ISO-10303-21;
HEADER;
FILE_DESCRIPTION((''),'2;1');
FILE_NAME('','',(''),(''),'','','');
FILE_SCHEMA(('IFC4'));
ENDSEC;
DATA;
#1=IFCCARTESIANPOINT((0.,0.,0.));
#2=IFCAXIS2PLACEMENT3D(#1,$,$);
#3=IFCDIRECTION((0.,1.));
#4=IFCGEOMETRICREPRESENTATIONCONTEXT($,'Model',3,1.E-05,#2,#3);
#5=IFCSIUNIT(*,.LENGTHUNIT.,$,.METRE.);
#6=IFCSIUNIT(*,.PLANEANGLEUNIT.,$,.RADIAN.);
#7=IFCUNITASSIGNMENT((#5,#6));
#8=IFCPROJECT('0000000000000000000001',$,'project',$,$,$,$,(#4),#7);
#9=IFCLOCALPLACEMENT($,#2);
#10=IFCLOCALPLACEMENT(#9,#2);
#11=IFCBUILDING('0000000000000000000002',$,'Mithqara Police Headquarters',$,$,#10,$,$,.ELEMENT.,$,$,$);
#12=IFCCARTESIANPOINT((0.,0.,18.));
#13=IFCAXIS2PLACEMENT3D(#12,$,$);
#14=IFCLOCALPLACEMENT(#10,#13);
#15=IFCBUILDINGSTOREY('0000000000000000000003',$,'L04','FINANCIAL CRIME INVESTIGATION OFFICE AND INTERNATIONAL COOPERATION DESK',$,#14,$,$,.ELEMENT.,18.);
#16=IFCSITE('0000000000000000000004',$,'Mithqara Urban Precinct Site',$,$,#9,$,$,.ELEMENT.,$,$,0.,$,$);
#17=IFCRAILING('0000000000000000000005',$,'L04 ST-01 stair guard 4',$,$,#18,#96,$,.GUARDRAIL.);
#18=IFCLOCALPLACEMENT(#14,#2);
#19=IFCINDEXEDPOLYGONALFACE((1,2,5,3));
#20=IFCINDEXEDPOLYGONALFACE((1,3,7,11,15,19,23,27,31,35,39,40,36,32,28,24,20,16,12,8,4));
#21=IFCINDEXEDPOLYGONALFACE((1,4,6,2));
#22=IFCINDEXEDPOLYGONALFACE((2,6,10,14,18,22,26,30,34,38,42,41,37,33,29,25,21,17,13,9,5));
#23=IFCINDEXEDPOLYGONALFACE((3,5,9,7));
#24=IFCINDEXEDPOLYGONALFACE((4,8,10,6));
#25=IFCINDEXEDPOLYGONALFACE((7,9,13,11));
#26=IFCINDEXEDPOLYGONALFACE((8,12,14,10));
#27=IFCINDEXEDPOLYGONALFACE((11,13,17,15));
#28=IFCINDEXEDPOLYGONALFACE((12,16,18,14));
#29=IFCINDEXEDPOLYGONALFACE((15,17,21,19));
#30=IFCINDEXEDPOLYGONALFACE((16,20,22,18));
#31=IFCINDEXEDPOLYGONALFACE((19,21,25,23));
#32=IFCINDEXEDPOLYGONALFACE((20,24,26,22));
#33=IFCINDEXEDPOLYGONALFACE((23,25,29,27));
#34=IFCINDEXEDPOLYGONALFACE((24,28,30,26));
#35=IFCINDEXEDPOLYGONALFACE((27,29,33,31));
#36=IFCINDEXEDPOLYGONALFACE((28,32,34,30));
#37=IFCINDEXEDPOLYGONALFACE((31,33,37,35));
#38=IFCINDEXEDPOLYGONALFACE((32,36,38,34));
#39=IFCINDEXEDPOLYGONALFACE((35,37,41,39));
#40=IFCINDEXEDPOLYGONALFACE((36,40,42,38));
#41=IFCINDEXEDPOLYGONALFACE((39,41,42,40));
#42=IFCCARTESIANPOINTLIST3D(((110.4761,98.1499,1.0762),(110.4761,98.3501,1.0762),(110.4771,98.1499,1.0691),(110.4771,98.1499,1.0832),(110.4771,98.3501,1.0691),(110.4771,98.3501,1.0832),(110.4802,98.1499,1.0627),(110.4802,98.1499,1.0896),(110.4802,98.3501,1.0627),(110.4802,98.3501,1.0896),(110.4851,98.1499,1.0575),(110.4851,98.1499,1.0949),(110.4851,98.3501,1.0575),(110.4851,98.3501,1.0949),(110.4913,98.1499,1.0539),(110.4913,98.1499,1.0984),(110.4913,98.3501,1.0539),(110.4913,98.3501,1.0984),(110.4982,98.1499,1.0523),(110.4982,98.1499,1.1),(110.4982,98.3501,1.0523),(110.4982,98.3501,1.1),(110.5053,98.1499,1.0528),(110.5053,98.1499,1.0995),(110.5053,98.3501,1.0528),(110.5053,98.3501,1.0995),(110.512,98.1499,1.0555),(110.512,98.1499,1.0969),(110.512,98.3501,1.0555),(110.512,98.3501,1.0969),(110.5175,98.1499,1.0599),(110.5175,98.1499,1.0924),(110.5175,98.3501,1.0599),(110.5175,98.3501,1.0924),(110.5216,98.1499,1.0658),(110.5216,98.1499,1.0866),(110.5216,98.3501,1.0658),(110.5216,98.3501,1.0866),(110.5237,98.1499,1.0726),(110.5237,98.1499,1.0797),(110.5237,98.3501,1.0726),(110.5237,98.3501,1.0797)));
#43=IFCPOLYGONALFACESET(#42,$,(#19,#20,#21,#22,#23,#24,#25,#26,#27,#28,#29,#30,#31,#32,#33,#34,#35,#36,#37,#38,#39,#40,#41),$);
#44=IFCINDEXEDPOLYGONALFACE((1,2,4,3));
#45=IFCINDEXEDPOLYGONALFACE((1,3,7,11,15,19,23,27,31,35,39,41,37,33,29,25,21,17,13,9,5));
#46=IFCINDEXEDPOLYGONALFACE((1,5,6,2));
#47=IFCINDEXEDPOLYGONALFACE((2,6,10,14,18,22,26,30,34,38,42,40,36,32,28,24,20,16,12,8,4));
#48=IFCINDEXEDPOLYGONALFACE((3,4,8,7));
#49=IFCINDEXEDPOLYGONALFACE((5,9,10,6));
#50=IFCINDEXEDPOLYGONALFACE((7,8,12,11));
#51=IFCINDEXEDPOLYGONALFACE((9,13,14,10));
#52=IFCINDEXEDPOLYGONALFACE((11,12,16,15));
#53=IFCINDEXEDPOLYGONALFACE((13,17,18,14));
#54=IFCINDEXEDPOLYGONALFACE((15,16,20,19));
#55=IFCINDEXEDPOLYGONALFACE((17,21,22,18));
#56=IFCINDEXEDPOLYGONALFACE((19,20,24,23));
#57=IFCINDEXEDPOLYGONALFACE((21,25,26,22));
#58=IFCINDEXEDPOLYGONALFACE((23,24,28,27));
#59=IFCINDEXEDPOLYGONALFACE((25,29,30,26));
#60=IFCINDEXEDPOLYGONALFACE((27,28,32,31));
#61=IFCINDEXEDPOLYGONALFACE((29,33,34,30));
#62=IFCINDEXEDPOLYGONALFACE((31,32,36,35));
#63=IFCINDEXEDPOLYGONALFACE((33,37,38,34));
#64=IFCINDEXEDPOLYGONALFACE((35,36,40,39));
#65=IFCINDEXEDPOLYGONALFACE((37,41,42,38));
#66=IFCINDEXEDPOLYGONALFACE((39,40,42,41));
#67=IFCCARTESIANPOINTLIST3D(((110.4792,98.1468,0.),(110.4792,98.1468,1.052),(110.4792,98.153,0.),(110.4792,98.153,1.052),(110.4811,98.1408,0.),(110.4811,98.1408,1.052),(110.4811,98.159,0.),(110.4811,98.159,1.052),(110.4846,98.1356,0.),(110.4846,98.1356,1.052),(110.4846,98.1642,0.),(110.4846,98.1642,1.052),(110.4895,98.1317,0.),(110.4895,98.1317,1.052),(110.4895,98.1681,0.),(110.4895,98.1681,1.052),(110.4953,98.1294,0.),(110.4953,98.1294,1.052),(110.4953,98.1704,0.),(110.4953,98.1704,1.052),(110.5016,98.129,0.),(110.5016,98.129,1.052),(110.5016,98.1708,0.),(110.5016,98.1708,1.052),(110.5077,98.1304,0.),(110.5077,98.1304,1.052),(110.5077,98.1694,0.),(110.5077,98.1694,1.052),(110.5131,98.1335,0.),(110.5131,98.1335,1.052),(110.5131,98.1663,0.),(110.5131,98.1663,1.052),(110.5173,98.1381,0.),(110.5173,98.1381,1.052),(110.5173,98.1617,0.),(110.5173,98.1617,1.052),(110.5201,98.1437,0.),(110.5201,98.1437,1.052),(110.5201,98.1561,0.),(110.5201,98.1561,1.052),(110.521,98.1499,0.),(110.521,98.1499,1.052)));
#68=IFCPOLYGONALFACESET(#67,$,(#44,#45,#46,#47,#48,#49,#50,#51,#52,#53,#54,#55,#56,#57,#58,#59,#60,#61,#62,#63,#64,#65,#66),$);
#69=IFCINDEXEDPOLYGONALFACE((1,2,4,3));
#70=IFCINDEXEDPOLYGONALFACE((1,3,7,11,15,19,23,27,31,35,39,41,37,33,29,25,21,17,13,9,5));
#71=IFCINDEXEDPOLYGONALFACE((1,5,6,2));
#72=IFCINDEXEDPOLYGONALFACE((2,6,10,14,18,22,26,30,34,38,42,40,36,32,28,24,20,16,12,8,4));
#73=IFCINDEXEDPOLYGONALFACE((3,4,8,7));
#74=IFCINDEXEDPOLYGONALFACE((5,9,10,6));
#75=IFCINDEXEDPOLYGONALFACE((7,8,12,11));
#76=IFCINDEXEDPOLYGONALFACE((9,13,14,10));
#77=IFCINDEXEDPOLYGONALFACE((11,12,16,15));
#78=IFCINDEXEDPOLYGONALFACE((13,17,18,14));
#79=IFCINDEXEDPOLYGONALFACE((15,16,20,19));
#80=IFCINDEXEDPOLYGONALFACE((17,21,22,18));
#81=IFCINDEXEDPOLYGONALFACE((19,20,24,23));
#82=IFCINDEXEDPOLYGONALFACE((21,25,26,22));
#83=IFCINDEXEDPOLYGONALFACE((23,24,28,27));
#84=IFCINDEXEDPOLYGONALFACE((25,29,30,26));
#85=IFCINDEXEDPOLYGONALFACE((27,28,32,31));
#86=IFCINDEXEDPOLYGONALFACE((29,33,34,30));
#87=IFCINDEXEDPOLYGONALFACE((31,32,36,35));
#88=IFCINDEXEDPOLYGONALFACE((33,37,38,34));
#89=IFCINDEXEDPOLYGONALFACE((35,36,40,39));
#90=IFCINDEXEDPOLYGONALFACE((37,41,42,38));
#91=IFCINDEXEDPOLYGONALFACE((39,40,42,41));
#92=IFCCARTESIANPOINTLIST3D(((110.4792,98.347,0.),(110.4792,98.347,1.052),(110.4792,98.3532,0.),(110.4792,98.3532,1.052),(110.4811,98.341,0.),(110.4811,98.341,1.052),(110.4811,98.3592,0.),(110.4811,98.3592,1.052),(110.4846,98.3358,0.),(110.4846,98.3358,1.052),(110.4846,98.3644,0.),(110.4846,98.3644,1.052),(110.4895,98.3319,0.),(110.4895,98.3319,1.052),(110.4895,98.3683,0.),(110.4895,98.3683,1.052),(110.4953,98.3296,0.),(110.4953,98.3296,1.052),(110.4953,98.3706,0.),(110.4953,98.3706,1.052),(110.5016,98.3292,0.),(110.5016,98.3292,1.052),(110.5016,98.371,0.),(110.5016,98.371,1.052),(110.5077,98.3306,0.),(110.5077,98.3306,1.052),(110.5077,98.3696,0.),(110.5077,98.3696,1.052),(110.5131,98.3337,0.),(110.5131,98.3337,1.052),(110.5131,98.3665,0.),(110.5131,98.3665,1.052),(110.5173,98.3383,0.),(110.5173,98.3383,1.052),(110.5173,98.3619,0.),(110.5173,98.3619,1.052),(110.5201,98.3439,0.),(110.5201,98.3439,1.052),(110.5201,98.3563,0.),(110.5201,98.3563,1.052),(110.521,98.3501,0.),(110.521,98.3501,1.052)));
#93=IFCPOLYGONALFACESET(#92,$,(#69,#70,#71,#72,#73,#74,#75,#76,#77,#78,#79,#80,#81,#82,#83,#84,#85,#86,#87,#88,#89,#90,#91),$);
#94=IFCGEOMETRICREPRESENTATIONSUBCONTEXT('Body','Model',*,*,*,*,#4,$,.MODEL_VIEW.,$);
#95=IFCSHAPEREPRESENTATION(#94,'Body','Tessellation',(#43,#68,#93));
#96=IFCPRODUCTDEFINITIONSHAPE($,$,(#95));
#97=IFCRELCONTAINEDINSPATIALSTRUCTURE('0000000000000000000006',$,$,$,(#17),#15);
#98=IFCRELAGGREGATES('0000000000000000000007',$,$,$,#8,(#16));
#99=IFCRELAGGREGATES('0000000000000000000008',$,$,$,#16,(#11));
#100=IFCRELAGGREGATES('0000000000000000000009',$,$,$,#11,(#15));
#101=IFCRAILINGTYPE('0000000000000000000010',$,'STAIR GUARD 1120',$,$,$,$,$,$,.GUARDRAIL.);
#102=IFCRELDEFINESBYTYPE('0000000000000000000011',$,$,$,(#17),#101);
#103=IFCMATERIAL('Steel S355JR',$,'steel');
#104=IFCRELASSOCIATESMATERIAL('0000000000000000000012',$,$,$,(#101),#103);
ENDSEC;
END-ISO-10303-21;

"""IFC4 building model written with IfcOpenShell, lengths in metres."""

from ifc_helpers import new_model, si_unit, direction, frame, origin, origin_2d, place, context, subcontext, project, spatial, circle, extrude, material, type_object, element, save


model = new_model("IFC4")

# Units and contexts
model_context = context("Model", 3, precision=1e-05, world=origin(), true_north=direction((0.0, 1.0)))
body_context = subcontext(model_context, "Body", "Model", "MODEL_VIEW")
ifc_project = project(units=[si_unit("LENGTHUNIT", "METRE"), si_unit("PLANEANGLEUNIT", "RADIAN")], contexts=[model_context])

# Site, building, storey
site_placement = place(None, origin())
site = spatial("IfcSite", under=ifc_project, at=site_placement, Name="Mithqara Urban Precinct Site", CompositionType="ELEMENT", RefElevation=0.0)
building_placement = place(site_placement, origin())
building = spatial("IfcBuilding", under=site, at=building_placement, Name="Mithqara Police Headquarters", CompositionType="ELEMENT")
storey_placement = place(building_placement, frame((0.0, 0.0, 18.0)))
storey = spatial("IfcBuildingStorey", under=building, at=storey_placement, Name="L04", Description="FINANCIAL CRIME INVESTIGATION OFFICE AND INTERNATIONAL COOPERATION DESK", CompositionType="ELEMENT", Elevation=18.0)

# Shared definitions
ifc_material_1 = material(Name="Steel S355JR", Category="steel")

# Railing
railing_type_1 = type_object("IfcRailingType", Name="STAIR GUARD 1120", PredefinedType="GUARDRAIL", material=ifc_material_1)
railing_1_placement = place(storey_placement, frame((110.5, 98.1499, 0.0)))
element("IfcRailing", 1, at=railing_1_placement, inside=storey, type_object=railing_type_1, Name="L04 ST-01 stair guard 4", PredefinedType="GUARDRAIL", context=body_context, shape_type="SweptSolid", body=[
    extrude(circle(Radius=0.0239, at=origin_2d()), frame((0.0, 0.0, 1.0762), z_axis=(0.0, 1.0, 0.0), x_axis=(-1.0, 0.0, 0.0)), (0.0, 0.0, 1.0), 0.2002),
    extrude(circle(Radius=0.021, at=origin_2d()), origin(), (0.0, 0.0, 1.0), 1.052),
    extrude(circle(Radius=0.021, at=origin_2d()), frame((0.0, 0.2002, 0.0)), (0.0, 0.0, 1.0), 1.052),
])

save(model, "model.ifc")
